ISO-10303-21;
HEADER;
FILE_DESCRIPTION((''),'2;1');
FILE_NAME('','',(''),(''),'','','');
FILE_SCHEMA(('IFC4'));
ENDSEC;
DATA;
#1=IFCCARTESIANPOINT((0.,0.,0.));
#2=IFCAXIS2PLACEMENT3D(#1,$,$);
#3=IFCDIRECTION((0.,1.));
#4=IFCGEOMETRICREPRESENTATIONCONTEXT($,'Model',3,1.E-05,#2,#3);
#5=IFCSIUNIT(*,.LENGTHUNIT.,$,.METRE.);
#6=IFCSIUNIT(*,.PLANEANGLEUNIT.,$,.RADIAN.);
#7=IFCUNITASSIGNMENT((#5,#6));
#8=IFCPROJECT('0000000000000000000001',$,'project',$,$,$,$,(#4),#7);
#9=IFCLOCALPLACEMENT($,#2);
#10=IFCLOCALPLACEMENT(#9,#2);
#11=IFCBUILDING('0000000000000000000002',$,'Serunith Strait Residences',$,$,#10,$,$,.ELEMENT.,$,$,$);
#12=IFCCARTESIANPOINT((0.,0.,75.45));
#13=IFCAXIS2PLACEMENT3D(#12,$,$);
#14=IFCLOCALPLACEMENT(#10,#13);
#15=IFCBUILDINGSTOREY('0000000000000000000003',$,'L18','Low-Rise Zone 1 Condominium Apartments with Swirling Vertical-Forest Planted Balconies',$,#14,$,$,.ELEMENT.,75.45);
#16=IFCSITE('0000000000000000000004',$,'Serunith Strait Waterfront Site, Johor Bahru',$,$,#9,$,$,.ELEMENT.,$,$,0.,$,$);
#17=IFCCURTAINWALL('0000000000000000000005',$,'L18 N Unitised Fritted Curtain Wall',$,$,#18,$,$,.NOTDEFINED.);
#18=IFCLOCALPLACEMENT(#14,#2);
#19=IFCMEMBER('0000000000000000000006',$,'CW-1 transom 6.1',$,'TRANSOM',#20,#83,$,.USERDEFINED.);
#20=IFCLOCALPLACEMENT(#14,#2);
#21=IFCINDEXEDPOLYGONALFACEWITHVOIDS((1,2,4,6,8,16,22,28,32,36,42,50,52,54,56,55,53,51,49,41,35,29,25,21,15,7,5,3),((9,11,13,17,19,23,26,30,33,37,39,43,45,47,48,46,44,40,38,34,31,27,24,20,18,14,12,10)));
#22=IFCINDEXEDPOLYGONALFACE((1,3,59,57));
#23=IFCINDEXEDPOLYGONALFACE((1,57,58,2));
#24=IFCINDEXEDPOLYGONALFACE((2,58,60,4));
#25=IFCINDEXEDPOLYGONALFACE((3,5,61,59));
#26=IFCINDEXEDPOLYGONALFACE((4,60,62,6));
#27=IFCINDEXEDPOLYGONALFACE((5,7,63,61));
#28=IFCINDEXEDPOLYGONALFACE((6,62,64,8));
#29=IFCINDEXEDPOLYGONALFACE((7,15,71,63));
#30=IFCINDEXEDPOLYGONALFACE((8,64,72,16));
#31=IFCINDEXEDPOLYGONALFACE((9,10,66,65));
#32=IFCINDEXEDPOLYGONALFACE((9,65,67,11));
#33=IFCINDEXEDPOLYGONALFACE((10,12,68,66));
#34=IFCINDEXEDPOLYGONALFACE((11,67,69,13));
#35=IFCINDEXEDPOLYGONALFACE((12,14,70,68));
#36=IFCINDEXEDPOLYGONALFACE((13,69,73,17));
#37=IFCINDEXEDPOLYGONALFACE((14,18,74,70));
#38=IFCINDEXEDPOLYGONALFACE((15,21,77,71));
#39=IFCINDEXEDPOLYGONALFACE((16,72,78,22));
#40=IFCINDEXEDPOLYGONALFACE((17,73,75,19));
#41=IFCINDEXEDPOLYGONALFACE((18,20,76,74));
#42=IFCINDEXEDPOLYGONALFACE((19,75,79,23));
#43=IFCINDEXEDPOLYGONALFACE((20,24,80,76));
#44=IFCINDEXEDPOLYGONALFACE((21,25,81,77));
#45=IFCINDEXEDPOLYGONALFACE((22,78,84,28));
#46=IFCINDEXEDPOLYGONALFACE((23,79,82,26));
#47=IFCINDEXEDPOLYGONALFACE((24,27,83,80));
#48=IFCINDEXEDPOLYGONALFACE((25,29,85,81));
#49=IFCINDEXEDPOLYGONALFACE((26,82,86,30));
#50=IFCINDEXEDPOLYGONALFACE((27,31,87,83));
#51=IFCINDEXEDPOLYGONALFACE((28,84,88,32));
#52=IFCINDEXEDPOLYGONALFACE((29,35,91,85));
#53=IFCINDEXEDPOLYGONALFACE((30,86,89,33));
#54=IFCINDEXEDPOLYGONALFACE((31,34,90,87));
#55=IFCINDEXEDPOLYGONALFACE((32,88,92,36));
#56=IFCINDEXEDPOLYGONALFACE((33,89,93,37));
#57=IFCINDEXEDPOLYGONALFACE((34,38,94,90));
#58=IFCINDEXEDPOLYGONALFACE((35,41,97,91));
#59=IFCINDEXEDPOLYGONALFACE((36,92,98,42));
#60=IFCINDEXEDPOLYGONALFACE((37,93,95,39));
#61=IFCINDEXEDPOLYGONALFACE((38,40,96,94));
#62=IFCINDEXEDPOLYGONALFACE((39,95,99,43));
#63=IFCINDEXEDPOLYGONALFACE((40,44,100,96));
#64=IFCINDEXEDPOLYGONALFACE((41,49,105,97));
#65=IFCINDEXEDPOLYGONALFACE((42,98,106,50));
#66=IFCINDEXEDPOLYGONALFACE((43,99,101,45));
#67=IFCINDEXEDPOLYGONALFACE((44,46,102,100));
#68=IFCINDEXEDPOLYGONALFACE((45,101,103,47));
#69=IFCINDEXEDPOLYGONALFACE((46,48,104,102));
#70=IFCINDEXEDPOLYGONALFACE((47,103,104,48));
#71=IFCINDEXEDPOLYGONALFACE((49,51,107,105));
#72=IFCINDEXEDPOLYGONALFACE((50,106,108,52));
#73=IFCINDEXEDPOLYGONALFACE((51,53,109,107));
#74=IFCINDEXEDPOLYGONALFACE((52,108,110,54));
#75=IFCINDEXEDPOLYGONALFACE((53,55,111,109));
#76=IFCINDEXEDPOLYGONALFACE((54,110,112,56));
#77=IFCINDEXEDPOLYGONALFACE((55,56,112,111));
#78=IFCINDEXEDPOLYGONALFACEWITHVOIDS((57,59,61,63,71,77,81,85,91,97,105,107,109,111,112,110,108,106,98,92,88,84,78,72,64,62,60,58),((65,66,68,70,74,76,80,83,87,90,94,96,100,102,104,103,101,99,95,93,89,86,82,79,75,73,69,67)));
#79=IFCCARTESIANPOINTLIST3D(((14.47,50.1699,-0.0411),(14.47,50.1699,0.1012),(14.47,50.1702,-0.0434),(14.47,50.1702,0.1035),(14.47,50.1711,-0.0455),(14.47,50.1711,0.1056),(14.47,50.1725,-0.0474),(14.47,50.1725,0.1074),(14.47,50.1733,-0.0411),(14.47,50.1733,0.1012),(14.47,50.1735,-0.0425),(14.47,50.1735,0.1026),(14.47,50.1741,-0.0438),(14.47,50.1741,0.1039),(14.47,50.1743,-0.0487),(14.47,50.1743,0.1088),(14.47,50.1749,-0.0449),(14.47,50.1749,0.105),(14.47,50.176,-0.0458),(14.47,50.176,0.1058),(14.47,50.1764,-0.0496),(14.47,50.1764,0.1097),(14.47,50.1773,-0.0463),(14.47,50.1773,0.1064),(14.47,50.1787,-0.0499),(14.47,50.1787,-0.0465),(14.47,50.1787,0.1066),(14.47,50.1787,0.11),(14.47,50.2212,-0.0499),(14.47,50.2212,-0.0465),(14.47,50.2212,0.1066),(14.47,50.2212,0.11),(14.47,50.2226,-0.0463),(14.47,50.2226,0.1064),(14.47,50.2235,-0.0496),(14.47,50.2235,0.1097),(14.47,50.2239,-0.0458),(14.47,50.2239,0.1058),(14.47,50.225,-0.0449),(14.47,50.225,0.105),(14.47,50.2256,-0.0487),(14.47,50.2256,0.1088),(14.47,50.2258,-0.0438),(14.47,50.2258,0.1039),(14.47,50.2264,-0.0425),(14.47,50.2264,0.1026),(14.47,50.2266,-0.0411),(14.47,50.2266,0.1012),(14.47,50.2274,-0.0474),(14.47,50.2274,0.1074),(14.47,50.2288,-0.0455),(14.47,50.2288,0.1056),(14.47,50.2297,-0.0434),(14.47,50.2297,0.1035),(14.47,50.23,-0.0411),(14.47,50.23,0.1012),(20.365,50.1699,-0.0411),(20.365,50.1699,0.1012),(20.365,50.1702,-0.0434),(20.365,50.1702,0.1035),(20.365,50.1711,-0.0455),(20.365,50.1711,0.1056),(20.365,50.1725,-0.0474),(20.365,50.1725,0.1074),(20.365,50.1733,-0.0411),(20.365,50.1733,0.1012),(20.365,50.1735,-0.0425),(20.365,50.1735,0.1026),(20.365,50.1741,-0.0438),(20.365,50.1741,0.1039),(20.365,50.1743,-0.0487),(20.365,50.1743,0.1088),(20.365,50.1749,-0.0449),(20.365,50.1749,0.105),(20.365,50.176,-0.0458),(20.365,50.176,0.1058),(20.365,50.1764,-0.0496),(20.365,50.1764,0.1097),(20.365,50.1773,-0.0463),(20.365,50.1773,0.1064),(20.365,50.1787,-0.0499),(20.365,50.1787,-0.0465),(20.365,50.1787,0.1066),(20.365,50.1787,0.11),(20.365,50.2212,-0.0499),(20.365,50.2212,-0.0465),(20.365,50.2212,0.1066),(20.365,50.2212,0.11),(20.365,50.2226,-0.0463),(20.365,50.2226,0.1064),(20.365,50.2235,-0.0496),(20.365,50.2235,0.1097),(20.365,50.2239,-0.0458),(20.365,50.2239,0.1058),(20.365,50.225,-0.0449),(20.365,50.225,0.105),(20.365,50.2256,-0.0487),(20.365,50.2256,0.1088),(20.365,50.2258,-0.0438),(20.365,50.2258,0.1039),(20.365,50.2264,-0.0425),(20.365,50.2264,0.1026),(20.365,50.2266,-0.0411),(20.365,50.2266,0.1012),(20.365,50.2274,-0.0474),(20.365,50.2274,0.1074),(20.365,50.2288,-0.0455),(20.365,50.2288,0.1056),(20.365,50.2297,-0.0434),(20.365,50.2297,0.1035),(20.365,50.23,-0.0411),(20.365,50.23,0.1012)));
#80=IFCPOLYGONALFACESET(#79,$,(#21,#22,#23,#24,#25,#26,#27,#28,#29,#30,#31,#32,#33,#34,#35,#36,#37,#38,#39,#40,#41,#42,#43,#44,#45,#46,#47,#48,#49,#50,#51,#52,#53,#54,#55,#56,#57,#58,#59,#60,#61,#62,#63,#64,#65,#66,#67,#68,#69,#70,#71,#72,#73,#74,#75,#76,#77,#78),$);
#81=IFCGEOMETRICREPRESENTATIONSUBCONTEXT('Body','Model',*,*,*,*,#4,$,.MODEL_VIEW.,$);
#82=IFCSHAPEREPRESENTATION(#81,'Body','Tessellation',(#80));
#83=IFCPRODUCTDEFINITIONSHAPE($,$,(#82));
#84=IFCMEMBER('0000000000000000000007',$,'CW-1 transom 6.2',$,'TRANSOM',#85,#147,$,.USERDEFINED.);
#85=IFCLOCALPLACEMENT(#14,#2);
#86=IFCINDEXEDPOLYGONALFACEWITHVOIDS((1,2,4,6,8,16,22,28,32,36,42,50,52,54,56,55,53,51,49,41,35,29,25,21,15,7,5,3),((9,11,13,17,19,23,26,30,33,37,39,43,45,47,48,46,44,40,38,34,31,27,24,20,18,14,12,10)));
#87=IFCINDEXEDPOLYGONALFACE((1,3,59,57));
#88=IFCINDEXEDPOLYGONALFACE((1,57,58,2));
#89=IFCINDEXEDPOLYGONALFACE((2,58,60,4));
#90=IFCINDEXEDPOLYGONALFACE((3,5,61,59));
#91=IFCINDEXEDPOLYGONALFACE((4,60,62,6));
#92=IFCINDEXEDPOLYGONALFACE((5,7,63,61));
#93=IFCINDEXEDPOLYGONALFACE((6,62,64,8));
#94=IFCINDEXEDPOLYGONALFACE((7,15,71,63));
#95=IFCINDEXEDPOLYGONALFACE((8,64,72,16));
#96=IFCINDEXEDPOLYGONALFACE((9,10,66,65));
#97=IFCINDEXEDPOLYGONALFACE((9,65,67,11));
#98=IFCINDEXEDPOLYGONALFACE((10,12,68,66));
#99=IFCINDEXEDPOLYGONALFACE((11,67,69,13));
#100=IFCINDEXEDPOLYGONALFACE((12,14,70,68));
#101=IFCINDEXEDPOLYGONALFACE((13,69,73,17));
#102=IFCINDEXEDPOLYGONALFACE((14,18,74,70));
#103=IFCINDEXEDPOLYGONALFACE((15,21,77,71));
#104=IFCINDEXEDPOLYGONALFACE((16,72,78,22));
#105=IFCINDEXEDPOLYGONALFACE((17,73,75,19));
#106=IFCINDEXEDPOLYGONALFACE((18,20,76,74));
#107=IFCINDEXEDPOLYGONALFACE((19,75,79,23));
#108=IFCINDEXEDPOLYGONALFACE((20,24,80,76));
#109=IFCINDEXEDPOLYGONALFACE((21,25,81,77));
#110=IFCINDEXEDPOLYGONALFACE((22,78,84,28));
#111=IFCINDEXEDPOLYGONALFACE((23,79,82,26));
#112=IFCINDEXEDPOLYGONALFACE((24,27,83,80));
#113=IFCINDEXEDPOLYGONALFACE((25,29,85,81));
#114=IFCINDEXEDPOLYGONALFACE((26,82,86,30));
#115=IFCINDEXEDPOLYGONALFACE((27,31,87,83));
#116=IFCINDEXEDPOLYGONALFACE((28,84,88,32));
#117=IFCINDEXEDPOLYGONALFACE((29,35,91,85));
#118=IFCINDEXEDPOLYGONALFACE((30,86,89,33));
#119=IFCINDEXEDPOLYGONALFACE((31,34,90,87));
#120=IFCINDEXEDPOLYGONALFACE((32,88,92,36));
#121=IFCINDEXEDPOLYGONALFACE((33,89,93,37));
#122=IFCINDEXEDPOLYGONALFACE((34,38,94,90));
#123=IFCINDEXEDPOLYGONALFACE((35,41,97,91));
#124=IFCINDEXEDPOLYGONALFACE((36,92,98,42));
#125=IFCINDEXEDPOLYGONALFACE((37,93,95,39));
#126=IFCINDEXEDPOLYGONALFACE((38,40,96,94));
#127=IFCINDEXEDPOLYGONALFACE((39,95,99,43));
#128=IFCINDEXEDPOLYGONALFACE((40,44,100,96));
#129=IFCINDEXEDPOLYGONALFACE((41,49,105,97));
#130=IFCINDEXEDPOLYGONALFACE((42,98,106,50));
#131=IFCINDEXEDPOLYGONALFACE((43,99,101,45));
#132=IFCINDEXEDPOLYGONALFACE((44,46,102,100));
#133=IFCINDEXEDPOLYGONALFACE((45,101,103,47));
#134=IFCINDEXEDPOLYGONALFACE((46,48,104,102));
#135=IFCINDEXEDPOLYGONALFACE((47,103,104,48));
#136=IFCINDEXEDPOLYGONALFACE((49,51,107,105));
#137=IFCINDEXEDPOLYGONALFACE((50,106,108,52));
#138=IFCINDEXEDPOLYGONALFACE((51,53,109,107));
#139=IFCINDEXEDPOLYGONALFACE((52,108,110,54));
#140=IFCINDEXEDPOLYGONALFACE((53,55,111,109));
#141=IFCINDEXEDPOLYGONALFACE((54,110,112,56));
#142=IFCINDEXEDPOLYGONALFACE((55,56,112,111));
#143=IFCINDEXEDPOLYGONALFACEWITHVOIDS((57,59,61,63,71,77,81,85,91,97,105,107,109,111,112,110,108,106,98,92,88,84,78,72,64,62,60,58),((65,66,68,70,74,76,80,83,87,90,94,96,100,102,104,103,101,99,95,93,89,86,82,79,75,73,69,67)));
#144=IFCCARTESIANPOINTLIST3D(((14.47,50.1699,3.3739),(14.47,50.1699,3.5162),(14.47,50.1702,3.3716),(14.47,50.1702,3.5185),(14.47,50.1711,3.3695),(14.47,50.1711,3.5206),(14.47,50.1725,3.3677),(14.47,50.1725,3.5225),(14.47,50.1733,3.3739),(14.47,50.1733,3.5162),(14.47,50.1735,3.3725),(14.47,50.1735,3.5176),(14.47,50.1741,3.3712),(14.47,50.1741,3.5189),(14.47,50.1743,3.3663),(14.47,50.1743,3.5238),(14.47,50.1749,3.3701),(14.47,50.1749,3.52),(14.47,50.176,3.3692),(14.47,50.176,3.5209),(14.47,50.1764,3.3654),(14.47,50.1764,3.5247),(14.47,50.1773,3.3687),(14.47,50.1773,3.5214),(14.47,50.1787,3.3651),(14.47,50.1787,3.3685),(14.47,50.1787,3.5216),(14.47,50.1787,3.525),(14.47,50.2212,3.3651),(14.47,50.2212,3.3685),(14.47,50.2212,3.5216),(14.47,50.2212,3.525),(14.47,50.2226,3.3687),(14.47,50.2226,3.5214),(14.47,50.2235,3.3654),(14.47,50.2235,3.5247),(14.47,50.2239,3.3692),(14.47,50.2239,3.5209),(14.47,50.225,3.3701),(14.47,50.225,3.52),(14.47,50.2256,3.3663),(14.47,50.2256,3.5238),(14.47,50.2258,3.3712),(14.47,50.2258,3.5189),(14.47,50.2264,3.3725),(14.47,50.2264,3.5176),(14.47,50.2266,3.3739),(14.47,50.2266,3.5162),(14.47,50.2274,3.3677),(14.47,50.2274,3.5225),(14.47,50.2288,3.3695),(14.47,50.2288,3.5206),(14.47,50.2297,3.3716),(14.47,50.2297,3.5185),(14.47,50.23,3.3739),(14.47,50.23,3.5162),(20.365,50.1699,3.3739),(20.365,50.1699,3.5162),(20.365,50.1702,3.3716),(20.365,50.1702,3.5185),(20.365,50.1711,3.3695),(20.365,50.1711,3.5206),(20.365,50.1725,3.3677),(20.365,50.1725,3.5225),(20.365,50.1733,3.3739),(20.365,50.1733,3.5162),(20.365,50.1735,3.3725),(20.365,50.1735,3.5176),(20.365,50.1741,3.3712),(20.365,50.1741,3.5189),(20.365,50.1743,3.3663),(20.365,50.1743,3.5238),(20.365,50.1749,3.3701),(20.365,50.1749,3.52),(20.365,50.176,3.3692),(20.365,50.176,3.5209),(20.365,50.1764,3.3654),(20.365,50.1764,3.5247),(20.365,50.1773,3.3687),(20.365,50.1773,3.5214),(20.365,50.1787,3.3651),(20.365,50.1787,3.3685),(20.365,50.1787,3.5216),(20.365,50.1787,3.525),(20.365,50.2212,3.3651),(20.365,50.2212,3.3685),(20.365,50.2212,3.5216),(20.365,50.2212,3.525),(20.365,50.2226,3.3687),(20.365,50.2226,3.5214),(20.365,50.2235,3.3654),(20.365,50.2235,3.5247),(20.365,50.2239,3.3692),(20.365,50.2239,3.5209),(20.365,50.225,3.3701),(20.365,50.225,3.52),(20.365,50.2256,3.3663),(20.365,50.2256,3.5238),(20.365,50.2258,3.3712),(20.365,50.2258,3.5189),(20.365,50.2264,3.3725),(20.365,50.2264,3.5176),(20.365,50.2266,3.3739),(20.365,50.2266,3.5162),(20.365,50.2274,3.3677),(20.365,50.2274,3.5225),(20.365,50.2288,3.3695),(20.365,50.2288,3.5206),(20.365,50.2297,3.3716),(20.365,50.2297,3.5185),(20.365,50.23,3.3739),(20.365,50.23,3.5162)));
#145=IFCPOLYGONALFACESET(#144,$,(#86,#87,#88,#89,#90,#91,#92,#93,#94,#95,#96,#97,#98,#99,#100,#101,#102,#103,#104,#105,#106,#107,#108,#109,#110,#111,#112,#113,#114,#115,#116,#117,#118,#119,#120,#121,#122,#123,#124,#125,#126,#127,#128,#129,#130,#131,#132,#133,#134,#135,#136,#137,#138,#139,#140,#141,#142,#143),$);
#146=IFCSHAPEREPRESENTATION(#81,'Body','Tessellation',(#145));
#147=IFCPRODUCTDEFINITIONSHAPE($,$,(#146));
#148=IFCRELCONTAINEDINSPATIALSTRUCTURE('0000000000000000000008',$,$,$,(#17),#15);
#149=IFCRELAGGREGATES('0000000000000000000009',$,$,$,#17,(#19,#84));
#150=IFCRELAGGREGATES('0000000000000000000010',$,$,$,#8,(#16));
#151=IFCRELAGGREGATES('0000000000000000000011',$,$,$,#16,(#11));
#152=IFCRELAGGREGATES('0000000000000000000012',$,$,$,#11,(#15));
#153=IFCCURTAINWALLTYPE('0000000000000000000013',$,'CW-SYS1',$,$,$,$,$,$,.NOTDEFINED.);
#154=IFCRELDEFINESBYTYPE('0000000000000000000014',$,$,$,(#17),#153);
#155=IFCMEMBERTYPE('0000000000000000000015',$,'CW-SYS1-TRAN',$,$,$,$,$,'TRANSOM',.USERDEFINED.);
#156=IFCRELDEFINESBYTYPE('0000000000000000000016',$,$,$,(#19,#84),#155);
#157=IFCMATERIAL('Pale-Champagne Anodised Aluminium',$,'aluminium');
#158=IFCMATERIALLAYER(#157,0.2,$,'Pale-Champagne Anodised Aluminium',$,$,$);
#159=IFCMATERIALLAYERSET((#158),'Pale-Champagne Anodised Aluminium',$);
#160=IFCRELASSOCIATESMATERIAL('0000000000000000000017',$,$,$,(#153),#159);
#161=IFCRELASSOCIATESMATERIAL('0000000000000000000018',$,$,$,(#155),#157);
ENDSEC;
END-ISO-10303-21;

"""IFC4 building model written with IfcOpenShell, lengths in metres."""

from ifc_helpers import new_model, si_unit, direction, frame, origin, origin_2d, place, context, subcontext, project, spatial, hollow_rectangle, extrude, source, transform, mapped, material, layer, layer_set, material_profile, profile_set, type_object, element, aggregate, save


model = new_model("IFC4")

# Units and contexts
model_context = context("Model", 3, precision=1e-05, world=origin(), true_north=direction((0.0, 1.0)))
body_context = subcontext(model_context, "Body", "Model", "MODEL_VIEW")
ifc_project = project(units=[si_unit("LENGTHUNIT", "METRE"), si_unit("PLANEANGLEUNIT", "RADIAN")], contexts=[model_context])

# Site, building, storey
site_placement = place(None, origin())
site = spatial("IfcSite", under=ifc_project, at=site_placement, Name="Serunith Strait Waterfront Site, Johor Bahru", CompositionType="ELEMENT", RefElevation=0.0)
building_placement = place(site_placement, origin())
building = spatial("IfcBuilding", under=site, at=building_placement, Name="Serunith Strait Residences", CompositionType="ELEMENT")
storey_placement = place(building_placement, frame((0.0, 0.0, 75.45)))
storey = spatial("IfcBuildingStorey", under=building, at=storey_placement, Name="L18", Description="Low-Rise Zone 1 Condominium Apartments with Swirling Vertical-Forest Planted Balconies", CompositionType="ELEMENT", Elevation=75.45)

# Curtain wall
ifc_material_1 = material(Name="Pale-Champagne Anodised Aluminium", Category="aluminium")
ifc_layer_1 = layer(ifc_material_1, 0.2, Name="Pale-Champagne Anodised Aluminium")
ifc_layer_set_1 = layer_set([ifc_layer_1], Name="Pale-Champagne Anodised Aluminium")
curtain_wall_type = type_object("IfcCurtainWallType", Name="CW-SYS1", PredefinedType="NOTDEFINED", material=ifc_layer_set_1)
curtain_wall_1_placement = place(storey_placement, origin())
curtain_wall_1 = element("IfcCurtainWall", 1, at=curtain_wall_1_placement, inside=storey, type_object=curtain_wall_type, Name="L18 N Unitised Fritted Curtain Wall", PredefinedType="NOTDEFINED")

# Members
ifc_material_profile_1 = material_profile(ifc_material_1, hollow_rectangle(XDim=0.0601, YDim=0.1599, WallThickness=0.0034, InnerFilletRadius=0.0054, OuterFilletRadius=0.0088, at=origin_2d()), Name="ALU 160x60x3.5")
ifc_profile_set_1 = profile_set([ifc_material_profile_1], Name="Pale-Champagne Anodised Aluminium")
member_type_1 = type_object("IfcMemberType", Name="CW-SYS1-TRAN", ElementType="TRANSOM", PredefinedType="USERDEFINED", material=ifc_profile_set_1)
shared_shape_1 = source(origin(), body_context, "Body", "SweptSolid", [
    extrude(hollow_rectangle(XDim=0.0601, YDim=0.1599, WallThickness=0.0034, InnerFilletRadius=0.0054, OuterFilletRadius=0.0088, at=origin_2d()), origin(), (0.0, 0.0, 1.0), 5.895),
])
member_1_placement = place(storey_placement, frame((20.365, 50.2, 0.03), z_axis=(-1.0, 0.0, 0.0), x_axis=(0.0, -1.0, 0.0)))
member_1 = element("IfcMember", 2, at=member_1_placement, type_object=member_type_1, Name="CW-1 transom 6.1", ObjectType="TRANSOM", PredefinedType="USERDEFINED", context=body_context, shape_type="MappedRepresentation", body=[
    mapped(shared_shape_1, transform((0.0, 0.0, 0.0), scale=1.0)),
])
member_2_placement = place(storey_placement, frame((20.365, 50.2, 3.4451), z_axis=(-1.0, 0.0, 0.0), x_axis=(0.0, -1.0, 0.0)))
member_2 = element("IfcMember", 3, at=member_2_placement, type_object=member_type_1, Name="CW-1 transom 6.2", ObjectType="TRANSOM", PredefinedType="USERDEFINED", context=body_context, shape_type="MappedRepresentation", body=[
    mapped(shared_shape_1, transform((0.0, 0.0, 0.0), scale=1.0)),
])

aggregate(curtain_wall_1, [member_1, member_2])

save(model, "model.ifc")
